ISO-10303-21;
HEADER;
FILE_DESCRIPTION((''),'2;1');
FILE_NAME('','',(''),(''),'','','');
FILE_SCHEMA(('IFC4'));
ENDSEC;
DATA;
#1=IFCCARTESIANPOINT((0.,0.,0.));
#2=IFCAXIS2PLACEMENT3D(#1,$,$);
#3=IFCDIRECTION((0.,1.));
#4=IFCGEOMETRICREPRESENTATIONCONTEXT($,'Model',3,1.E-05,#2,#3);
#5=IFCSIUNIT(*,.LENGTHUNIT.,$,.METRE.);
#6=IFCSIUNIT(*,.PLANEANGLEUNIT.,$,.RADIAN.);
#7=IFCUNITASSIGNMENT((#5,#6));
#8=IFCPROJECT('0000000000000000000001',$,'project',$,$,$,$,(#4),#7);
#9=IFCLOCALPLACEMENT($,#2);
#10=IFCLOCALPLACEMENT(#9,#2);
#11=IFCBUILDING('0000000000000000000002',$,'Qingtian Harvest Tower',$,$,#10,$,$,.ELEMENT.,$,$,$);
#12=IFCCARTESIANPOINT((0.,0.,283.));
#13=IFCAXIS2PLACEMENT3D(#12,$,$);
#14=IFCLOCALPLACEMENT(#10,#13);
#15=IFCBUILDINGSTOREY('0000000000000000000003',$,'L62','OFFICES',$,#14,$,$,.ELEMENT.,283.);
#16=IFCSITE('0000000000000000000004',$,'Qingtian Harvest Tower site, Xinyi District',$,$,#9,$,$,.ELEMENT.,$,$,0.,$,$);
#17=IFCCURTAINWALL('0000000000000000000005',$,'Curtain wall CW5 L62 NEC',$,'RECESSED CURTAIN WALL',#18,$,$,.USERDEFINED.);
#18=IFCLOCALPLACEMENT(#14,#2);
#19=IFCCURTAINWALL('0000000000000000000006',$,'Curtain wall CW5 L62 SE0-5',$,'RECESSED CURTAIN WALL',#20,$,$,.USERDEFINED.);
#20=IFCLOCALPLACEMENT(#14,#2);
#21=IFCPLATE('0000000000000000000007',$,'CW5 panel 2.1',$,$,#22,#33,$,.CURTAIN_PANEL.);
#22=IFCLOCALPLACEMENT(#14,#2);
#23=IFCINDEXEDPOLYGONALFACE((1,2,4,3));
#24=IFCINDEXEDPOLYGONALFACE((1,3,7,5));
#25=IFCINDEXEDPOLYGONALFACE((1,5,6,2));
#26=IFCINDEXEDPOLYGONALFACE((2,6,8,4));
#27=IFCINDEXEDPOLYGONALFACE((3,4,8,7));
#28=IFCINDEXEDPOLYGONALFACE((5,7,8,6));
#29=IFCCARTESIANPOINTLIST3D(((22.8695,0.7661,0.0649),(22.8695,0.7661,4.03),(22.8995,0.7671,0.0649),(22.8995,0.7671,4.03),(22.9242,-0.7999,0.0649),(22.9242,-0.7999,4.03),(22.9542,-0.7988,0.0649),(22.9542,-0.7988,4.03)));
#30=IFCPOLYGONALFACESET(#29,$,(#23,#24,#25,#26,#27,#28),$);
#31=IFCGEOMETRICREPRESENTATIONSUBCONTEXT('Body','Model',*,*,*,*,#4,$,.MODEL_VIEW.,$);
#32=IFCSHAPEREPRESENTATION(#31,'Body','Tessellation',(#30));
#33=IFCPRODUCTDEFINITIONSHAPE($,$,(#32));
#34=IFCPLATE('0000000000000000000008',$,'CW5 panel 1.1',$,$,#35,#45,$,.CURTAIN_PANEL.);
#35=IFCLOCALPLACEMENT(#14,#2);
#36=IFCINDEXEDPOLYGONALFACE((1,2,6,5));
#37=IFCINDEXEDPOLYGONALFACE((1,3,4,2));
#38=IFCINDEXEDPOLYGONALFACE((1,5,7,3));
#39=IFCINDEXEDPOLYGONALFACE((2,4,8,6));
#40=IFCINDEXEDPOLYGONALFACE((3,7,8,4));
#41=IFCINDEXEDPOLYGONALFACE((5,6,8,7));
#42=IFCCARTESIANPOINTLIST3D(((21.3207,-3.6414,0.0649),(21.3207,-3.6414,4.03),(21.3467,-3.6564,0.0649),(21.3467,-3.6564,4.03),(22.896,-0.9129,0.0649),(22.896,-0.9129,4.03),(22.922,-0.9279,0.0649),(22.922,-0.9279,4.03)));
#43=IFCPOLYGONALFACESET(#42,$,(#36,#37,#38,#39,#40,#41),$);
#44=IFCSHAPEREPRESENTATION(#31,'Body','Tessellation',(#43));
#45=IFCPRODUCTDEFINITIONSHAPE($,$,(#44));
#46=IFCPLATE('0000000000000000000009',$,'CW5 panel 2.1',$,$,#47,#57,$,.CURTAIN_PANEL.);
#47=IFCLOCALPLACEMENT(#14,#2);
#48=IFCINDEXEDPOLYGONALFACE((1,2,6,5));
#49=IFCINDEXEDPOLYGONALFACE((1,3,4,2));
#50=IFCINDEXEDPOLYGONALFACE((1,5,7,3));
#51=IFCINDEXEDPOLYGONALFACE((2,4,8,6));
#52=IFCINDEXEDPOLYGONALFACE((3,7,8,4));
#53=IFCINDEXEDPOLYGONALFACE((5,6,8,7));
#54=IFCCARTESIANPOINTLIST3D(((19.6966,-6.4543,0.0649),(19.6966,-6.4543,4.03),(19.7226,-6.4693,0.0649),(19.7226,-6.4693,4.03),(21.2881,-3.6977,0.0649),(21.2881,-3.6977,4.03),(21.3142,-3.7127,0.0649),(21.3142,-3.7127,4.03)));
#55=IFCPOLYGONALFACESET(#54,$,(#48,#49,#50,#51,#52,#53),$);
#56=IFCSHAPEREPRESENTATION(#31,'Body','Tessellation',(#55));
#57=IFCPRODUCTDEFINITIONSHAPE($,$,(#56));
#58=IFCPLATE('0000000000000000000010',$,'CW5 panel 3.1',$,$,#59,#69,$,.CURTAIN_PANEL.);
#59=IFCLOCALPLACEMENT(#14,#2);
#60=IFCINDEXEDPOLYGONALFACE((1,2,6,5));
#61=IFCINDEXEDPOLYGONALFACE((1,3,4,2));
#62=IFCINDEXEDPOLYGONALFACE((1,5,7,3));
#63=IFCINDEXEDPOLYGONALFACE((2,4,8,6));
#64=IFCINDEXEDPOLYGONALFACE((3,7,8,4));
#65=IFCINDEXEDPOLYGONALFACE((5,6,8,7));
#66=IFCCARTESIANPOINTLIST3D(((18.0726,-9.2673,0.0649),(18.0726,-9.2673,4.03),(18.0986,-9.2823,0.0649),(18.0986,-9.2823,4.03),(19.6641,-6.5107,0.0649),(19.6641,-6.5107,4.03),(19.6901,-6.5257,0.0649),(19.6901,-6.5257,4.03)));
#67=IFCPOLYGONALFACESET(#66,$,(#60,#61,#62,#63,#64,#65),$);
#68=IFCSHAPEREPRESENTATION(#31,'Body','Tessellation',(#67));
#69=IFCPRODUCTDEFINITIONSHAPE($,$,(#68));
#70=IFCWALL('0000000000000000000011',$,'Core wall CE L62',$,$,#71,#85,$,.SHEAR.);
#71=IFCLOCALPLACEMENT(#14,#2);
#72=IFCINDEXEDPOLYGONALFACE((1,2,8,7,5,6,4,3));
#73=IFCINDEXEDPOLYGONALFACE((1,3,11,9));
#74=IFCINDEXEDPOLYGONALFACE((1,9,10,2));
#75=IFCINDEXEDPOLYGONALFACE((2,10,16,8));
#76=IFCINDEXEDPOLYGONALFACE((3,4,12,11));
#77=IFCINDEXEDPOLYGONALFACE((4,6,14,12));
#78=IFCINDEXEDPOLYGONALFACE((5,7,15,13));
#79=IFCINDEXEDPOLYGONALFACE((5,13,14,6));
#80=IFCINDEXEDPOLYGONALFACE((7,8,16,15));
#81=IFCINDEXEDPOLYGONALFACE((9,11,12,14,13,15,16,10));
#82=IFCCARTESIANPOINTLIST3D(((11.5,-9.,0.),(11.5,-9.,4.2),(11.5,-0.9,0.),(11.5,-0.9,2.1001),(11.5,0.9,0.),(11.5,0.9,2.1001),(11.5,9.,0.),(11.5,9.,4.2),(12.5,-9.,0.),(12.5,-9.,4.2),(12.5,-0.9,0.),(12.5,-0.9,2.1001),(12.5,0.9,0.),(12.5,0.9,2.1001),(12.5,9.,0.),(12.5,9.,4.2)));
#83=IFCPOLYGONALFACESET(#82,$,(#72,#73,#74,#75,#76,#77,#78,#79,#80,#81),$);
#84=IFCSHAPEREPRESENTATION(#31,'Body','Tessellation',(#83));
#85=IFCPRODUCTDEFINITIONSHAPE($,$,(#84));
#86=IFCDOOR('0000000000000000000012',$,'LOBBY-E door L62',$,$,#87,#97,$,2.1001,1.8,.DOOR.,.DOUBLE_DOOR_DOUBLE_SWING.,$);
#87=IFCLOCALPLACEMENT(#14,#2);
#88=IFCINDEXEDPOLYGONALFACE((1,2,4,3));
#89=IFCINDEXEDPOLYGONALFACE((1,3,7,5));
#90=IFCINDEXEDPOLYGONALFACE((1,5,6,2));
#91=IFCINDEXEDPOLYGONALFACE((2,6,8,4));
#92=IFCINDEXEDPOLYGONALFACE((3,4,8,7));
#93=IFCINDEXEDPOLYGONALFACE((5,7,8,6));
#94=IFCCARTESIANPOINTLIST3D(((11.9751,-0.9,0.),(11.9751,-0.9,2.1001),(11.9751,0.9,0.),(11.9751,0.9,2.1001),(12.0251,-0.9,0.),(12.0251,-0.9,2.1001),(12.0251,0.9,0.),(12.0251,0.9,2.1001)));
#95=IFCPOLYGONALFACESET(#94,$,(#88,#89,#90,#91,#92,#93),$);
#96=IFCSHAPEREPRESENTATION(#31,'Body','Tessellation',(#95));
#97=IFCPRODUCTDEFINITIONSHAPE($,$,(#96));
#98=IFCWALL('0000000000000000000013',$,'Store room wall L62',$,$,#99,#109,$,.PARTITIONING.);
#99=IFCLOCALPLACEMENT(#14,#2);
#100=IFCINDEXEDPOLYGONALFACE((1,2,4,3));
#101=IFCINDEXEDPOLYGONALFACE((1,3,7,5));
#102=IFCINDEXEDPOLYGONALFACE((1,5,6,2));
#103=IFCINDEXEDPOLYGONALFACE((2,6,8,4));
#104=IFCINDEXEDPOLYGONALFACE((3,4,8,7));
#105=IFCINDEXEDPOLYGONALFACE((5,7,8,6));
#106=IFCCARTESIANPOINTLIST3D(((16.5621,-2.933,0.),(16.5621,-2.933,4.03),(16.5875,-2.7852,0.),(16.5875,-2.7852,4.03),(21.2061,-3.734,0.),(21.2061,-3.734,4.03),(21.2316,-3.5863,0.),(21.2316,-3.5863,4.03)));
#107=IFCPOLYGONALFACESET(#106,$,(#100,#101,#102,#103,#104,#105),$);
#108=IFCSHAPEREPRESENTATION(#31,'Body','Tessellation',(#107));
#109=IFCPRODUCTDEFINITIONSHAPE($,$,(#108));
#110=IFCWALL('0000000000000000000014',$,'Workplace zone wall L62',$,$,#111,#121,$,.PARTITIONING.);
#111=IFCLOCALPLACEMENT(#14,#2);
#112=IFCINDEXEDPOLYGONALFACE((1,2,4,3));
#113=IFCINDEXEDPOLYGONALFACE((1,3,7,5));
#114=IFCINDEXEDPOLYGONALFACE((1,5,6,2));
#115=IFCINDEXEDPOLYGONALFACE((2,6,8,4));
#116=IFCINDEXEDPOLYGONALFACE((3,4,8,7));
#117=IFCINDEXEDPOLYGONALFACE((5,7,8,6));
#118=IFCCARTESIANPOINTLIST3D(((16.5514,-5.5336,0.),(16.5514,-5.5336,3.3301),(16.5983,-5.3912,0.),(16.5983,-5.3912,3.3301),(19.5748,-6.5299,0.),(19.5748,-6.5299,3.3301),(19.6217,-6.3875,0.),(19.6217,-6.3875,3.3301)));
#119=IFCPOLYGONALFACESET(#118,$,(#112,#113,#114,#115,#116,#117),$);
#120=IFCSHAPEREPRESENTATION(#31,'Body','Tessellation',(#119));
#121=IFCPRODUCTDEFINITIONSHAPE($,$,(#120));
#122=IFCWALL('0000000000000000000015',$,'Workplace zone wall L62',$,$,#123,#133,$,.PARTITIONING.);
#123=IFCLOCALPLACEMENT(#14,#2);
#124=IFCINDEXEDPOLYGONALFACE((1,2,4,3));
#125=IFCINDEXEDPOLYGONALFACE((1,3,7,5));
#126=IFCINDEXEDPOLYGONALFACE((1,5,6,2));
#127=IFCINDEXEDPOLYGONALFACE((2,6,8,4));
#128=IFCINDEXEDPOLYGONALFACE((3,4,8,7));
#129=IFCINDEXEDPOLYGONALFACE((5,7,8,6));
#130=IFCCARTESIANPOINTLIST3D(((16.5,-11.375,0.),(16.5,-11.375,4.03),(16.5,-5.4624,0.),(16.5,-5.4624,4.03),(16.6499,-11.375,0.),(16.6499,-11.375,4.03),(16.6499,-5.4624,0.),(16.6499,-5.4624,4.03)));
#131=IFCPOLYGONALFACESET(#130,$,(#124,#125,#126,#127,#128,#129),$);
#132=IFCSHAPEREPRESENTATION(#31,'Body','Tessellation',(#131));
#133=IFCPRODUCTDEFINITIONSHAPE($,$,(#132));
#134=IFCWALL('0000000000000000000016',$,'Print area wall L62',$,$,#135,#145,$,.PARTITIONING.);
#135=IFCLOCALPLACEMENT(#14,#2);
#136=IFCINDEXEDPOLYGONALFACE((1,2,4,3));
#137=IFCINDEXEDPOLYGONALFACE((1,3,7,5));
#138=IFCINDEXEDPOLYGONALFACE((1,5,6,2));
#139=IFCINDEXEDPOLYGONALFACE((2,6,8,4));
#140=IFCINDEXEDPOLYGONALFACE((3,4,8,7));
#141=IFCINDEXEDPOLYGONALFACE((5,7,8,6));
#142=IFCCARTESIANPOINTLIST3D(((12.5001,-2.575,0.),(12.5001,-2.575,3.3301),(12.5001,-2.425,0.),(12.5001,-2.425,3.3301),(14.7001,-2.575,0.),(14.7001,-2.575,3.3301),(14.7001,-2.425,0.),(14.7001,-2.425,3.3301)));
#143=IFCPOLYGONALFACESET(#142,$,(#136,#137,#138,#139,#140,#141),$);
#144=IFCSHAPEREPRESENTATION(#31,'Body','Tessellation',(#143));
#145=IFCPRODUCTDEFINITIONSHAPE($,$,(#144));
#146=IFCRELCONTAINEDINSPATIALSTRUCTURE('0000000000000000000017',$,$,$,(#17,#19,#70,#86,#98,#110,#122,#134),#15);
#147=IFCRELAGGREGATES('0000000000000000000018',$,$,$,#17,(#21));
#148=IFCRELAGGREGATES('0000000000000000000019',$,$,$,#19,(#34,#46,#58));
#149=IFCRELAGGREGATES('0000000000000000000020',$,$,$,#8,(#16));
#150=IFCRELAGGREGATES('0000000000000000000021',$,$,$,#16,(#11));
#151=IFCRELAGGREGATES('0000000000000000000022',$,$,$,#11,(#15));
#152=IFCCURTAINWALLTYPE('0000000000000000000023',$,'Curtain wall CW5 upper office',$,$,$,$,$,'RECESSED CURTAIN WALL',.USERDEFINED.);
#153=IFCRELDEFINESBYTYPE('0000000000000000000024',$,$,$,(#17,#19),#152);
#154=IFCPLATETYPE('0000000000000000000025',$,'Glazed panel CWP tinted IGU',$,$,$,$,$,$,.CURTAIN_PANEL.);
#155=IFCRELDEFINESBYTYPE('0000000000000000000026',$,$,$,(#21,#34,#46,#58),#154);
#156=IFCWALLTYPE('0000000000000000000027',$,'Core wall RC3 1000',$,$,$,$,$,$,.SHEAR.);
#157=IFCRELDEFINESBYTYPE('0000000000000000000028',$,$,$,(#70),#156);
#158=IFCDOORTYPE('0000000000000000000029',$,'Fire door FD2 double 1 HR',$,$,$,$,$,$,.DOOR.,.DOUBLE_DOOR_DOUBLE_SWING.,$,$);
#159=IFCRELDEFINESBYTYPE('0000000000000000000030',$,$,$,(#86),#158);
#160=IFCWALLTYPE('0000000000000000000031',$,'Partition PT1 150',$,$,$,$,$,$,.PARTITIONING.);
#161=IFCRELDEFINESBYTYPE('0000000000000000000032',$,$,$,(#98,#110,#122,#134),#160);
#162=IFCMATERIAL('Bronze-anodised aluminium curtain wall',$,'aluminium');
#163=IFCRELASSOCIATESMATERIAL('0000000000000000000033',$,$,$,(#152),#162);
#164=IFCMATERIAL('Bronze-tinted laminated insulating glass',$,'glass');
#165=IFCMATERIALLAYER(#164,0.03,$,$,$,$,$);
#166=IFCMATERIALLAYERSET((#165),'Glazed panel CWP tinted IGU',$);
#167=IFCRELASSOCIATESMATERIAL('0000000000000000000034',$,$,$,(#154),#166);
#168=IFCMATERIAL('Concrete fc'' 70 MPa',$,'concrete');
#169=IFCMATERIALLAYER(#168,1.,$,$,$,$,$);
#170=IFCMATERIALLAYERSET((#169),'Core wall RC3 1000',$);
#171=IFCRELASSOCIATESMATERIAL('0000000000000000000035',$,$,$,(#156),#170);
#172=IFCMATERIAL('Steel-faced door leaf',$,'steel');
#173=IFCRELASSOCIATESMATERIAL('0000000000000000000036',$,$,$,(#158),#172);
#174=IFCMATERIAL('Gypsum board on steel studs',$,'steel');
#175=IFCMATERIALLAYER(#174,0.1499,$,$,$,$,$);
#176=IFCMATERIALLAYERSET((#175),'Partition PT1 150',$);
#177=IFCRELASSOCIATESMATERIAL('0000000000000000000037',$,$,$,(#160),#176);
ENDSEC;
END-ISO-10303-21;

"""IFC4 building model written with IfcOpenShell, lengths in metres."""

from ifc_helpers import new_model, si_unit, direction, frame, frame_2d, origin, origin_2d, place, context, subcontext, project, spatial, rectangle, extrude, material, layer, layer_set, type_object, element, fill, aggregate, save


model = new_model("IFC4")

# Units and contexts
model_context = context("Model", 3, precision=1e-05, world=origin(), true_north=direction((0.0, 1.0)))
body_context = subcontext(model_context, "Body", "Model", "MODEL_VIEW")
ifc_project = project(units=[si_unit("LENGTHUNIT", "METRE"), si_unit("PLANEANGLEUNIT", "RADIAN")], contexts=[model_context])

# Site, building, storey
site_placement = place(None, origin())
site = spatial("IfcSite", under=ifc_project, at=site_placement, Name="Qingtian Harvest Tower site, Xinyi District", CompositionType="ELEMENT", RefElevation=0.0)
building_placement = place(site_placement, origin())
building = spatial("IfcBuilding", under=site, at=building_placement, Name="Qingtian Harvest Tower", CompositionType="ELEMENT")
storey_placement = place(building_placement, frame((0.0, 0.0, 283.0)))
storey = spatial("IfcBuildingStorey", under=building, at=storey_placement, Name="L62", Description="OFFICES", CompositionType="ELEMENT", Elevation=283.0)

# Curtain wall
ifc_material_1 = material(Name="Bronze-anodised aluminium curtain wall", Category="aluminium")
curtain_wall_type = type_object("IfcCurtainWallType", Name="Curtain wall CW5 upper office", ElementType="RECESSED CURTAIN WALL", PredefinedType="USERDEFINED", material=ifc_material_1)
curtain_wall_1_placement = place(storey_placement, origin())
curtain_wall_1 = element("IfcCurtainWall", 1, at=curtain_wall_1_placement, inside=storey, type_object=curtain_wall_type, Name="Curtain wall CW5 L62 NEC", ObjectType="RECESSED CURTAIN WALL", PredefinedType="USERDEFINED")

# Curtain wall
curtain_wall_2_placement = place(storey_placement, origin())
curtain_wall_2 = element("IfcCurtainWall", 2, at=curtain_wall_2_placement, inside=storey, type_object=curtain_wall_type, Name="Curtain wall CW5 L62 SE0-5", ObjectType="RECESSED CURTAIN WALL", PredefinedType="USERDEFINED")

# Plates
ifc_material_2 = material(Name="Bronze-tinted laminated insulating glass", Category="glass")
ifc_layer_1 = layer(ifc_material_2, 0.03)
ifc_layer_set_1 = layer_set([ifc_layer_1], Name="Glazed panel CWP tinted IGU")
plate_type = type_object("IfcPlateType", Name="Glazed panel CWP tinted IGU", PredefinedType="CURTAIN_PANEL", material=ifc_layer_set_1)
plate_1_placement = place(storey_placement, frame((22.9119, -0.0164, 0.0649), z_axis=(0.0, 0.0, 1.0), x_axis=(0.034899, -0.999391, 0.0)))
plate_1 = element("IfcPlate", 3, at=plate_1_placement, type_object=plate_type, Name="CW5 panel 2.1", PredefinedType="CURTAIN_PANEL", context=body_context, shape_type="SweptSolid", body=[
    extrude(rectangle(XDim=1.5669, YDim=0.03, at=origin_2d()), origin(), (0.0, 0.0, 1.0), 3.9651),
])
aggregate(curtain_wall_1, [plate_1])
plate_2_placement = place(storey_placement, frame((22.1213, -2.2847, 0.0649), z_axis=(0.0, 0.0, 1.0), x_axis=(-0.5, -0.866025, 0.0)))
plate_2 = element("IfcPlate", 4, at=plate_2_placement, type_object=plate_type, Name="CW5 panel 1.1", PredefinedType="CURTAIN_PANEL", context=body_context, shape_type="SweptSolid", body=[
    extrude(rectangle(XDim=3.1506, YDim=0.03, at=origin_2d()), origin(), (0.0, 0.0, 1.0), 3.9651),
])
plate_3_placement = place(storey_placement, frame((20.5054, -5.0835, 0.0649), z_axis=(0.0, 0.0, 1.0), x_axis=(-0.5, -0.866025, 0.0)))
plate_3 = element("IfcPlate", 5, at=plate_3_placement, type_object=plate_type, Name="CW5 panel 2.1", PredefinedType="CURTAIN_PANEL", context=body_context, shape_type="SweptSolid", body=[
    extrude(rectangle(XDim=3.1831, YDim=0.03, at=origin_2d()), origin(), (0.0, 0.0, 1.0), 3.9651),
])
plate_4_placement = place(storey_placement, frame((18.8813, -7.8965, 0.0649), z_axis=(0.0, 0.0, 1.0), x_axis=(-0.5, -0.866025, 0.0)))
plate_4 = element("IfcPlate", 6, at=plate_4_placement, type_object=plate_type, Name="CW5 panel 3.1", PredefinedType="CURTAIN_PANEL", context=body_context, shape_type="SweptSolid", body=[
    extrude(rectangle(XDim=3.1831, YDim=0.03, at=origin_2d()), origin(), (0.0, 0.0, 1.0), 3.9651),
])
aggregate(curtain_wall_2, [plate_2, plate_3, plate_4])

# Wall, opening, door
ifc_material_3 = material(Name="Concrete fc' 70 MPa", Category="concrete")
ifc_layer_2 = layer(ifc_material_3, 1.0)
ifc_layer_set_2 = layer_set([ifc_layer_2], Name="Core wall RC3 1000")
wall_type_1 = type_object("IfcWallType", Name="Core wall RC3 1000", PredefinedType="SHEAR", material=ifc_layer_set_2)
wall_1_placement = place(storey_placement, frame((12.0, -9.0, 0.0), z_axis=(0.0, 0.0, 1.0), x_axis=(0.0, 1.0, 0.0)))
wall_1 = element("IfcWall", 7, at=wall_1_placement, inside=storey, type_object=wall_type_1, Name="Core wall CE L62", PredefinedType="SHEAR", context=body_context, shape_type="SweptSolid", body=[
    extrude(rectangle(XDim=18.0, YDim=1.0, at=frame_2d((9.0, 0.0))), origin(), (0.0, 0.0, 1.0), 4.2),
])
opening_1_placement = place(wall_1_placement, frame((8.1001, 0.0, 0.0)))
opening_1 = element("IfcOpeningElement", 8, at=opening_1_placement, cuts=wall_1, PredefinedType="OPENING", context=body_context, shape_type="SweptSolid", body=[
    extrude(rectangle(XDim=1.8, YDim=2.1001, at=frame_2d((0.8999, 1.05))), frame((0.0, 0.51, 0.0), z_axis=(0.0, -1.0, 0.0), x_axis=(1.0, 0.0, 0.0)), (0.0, 0.0, 1.0), 1.02),
])
ifc_material_4 = material(Name="Steel-faced door leaf", Category="steel")
door_type_1 = type_object("IfcDoorType", Name="Fire door FD2 double 1 HR", OperationType="DOUBLE_DOOR_DOUBLE_SWING", PredefinedType="DOOR", material=ifc_material_4)
door_1_placement = place(opening_1_placement, origin())
door_1 = element("IfcDoor", 9, at=door_1_placement, inside=storey, type_object=door_type_1, Name="LOBBY-E door L62", OperationType="DOUBLE_DOOR_DOUBLE_SWING", OverallHeight=2.1001, OverallWidth=1.8, PredefinedType="DOOR", context=body_context, shape_type="SweptSolid", body=[
    extrude(rectangle(XDim=1.8, YDim=2.1001, at=frame_2d((0.8999, 1.05))), frame((0.0, 0.0249, 0.0), z_axis=(0.0, -1.0, 0.0), x_axis=(1.0, 0.0, 0.0)), (0.0, 0.0, 1.0), 0.05),
])
fill(opening_1, door_1)

# Wall
ifc_material_5 = material(Name="Gypsum board on steel studs", Category="steel")
ifc_layer_3 = layer(ifc_material_5, 0.1499)
ifc_layer_set_3 = layer_set([ifc_layer_3], Name="Partition PT1 150")
wall_type_2 = type_object("IfcWallType", Name="Partition PT1 150", PredefinedType="PARTITIONING", material=ifc_layer_set_3)
wall_2_placement = place(storey_placement, frame((21.219, -3.6602, 0.0), z_axis=(0.0, 0.0, 1.0), x_axis=(-0.985448, 0.169975, 0.0)))
element("IfcWall", 10, at=wall_2_placement, inside=storey, type_object=wall_type_2, Name="Store room wall L62", PredefinedType="PARTITIONING", context=body_context, shape_type="SweptSolid", body=[
    extrude(rectangle(XDim=4.7126, YDim=0.1499, at=frame_2d((2.3564, 0.0))), origin(), (0.0, 0.0, 1.0), 4.03),
])

# Walls
wall_3_placement = place(storey_placement, frame((19.5984, -6.4587, 0.0), z_axis=(0.0, 0.0, 1.0), x_axis=(-0.949759, 0.312982, 0.0)))
element("IfcWall", 11, at=wall_3_placement, inside=storey, type_object=wall_type_2, Name="Workplace zone wall L62", PredefinedType="PARTITIONING", context=body_context, shape_type="SweptSolid", body=[
    extrude(rectangle(XDim=3.1833, YDim=0.1499, at=frame_2d((1.5918, 0.0))), origin(), (0.0, 0.0, 1.0), 3.3301),
])
wall_4_placement = place(storey_placement, frame((16.575, -5.4624, 0.0), z_axis=(0.0, 0.0, 1.0), x_axis=(0.0, -1.0, 0.0)))
element("IfcWall", 12, at=wall_4_placement, inside=storey, type_object=wall_type_2, Name="Workplace zone wall L62", PredefinedType="PARTITIONING", context=body_context, shape_type="SweptSolid", body=[
    extrude(rectangle(XDim=5.9126, YDim=0.1499, at=frame_2d((2.9563, 0.0))), origin(), (0.0, 0.0, 1.0), 4.03),
])
wall_5_placement = place(storey_placement, frame((12.5, -2.5, 0.0), z_axis=(0.0, 0.0, 1.0), x_axis=(1.0, 0.0, 0.0)))
element("IfcWall", 13, at=wall_5_placement, inside=storey, type_object=wall_type_2, Name="Print area wall L62", PredefinedType="PARTITIONING", context=body_context, shape_type="SweptSolid", body=[
    extrude(rectangle(XDim=2.2, YDim=0.1499, at=frame_2d((1.1001, 0.0))), origin(), (0.0, 0.0, 1.0), 3.3301),
])

save(model, "model.ifc")
